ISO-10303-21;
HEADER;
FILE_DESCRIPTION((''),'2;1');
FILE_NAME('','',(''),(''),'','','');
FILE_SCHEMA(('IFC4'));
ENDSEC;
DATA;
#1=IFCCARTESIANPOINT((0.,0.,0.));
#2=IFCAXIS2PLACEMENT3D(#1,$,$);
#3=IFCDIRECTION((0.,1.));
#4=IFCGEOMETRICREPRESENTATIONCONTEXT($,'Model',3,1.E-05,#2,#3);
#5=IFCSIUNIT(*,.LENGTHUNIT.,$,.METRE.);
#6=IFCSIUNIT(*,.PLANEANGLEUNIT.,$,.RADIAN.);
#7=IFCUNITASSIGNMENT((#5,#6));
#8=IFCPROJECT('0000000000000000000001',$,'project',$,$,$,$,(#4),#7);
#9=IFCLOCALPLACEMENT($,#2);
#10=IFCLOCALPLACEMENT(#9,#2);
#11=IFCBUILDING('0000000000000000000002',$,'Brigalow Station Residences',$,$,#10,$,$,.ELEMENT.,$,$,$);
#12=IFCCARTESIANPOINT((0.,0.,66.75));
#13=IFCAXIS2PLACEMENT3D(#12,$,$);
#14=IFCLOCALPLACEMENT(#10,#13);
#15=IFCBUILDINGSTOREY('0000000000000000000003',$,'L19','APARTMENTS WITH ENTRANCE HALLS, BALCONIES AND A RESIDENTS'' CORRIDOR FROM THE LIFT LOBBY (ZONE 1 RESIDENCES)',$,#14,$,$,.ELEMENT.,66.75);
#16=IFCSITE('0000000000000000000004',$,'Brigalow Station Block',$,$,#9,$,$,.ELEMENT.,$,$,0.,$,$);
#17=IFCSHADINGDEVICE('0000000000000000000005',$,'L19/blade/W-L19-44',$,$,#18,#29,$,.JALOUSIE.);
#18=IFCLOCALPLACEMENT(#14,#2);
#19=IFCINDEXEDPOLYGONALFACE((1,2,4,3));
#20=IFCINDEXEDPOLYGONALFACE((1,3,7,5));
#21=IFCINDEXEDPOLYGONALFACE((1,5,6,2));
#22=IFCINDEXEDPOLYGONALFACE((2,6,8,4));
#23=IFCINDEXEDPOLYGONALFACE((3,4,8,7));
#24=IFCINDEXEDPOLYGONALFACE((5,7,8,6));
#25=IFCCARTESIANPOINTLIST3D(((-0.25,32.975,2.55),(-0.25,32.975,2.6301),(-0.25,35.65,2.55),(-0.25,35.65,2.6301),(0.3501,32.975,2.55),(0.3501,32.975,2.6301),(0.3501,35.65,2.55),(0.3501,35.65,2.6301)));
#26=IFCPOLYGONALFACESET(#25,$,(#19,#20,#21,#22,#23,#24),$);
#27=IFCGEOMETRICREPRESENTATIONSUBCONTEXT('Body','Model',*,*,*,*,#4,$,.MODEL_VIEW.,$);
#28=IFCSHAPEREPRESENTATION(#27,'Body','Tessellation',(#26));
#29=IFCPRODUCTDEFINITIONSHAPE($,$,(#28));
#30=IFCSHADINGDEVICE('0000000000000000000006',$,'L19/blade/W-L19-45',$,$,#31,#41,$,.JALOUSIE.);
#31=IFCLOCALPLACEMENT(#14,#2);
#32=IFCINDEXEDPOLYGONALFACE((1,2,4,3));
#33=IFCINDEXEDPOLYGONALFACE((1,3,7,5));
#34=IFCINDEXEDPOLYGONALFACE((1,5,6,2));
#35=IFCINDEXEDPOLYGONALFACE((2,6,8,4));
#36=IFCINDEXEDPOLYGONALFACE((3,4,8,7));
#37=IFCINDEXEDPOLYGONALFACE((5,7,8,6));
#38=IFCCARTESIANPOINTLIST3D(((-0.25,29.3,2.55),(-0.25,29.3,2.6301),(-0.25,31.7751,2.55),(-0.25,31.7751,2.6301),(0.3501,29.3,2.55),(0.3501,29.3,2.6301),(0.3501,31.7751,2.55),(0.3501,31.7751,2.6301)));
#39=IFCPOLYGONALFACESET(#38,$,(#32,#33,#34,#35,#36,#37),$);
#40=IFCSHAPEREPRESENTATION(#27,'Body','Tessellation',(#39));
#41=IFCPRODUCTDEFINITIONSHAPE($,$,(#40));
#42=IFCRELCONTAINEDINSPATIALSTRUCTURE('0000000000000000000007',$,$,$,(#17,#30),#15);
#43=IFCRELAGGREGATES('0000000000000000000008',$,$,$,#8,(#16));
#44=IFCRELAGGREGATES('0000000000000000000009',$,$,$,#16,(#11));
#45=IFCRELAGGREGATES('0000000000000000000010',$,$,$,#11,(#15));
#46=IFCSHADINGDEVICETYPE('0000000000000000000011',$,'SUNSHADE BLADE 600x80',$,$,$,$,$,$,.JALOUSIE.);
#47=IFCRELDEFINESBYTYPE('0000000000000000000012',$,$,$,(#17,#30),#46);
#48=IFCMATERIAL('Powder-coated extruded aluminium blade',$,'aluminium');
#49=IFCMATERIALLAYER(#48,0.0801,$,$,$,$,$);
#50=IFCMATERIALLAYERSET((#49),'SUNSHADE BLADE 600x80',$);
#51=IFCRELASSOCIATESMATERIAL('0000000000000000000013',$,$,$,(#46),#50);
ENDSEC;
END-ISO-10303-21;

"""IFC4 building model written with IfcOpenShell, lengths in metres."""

from ifc_helpers import new_model, si_unit, direction, frame, origin, origin_2d, place, context, subcontext, project, spatial, rectangle, extrude, material, layer, layer_set, type_object, element, save


model = new_model("IFC4")

# Units and contexts
model_context = context("Model", 3, precision=1e-05, world=origin(), true_north=direction((0.0, 1.0)))
body_context = subcontext(model_context, "Body", "Model", "MODEL_VIEW")
ifc_project = project(units=[si_unit("LENGTHUNIT", "METRE"), si_unit("PLANEANGLEUNIT", "RADIAN")], contexts=[model_context])

# Site, building, storey
site_placement = place(None, origin())
site = spatial("IfcSite", under=ifc_project, at=site_placement, Name="Brigalow Station Block", CompositionType="ELEMENT", RefElevation=0.0)
building_placement = place(site_placement, origin())
building = spatial("IfcBuilding", under=site, at=building_placement, Name="Brigalow Station Residences", CompositionType="ELEMENT")
storey_placement = place(building_placement, frame((0.0, 0.0, 66.75)))
storey = spatial("IfcBuildingStorey", under=building, at=storey_placement, Name="L19", Description="APARTMENTS WITH ENTRANCE HALLS, BALCONIES AND A RESIDENTS' CORRIDOR FROM THE LIFT LOBBY (ZONE 1 RESIDENCES)", CompositionType="ELEMENT", Elevation=66.75)

# Shading devices
ifc_material_1 = material(Name="Powder-coated extruded aluminium blade", Category="aluminium")
ifc_layer_1 = layer(ifc_material_1, 0.0801)
ifc_layer_set_1 = layer_set([ifc_layer_1], Name="SUNSHADE BLADE 600x80")
shading_device_type = type_object("IfcShadingDeviceType", Name="SUNSHADE BLADE 600x80", PredefinedType="JALOUSIE", material=ifc_layer_set_1)
shading_device_1_placement = place(storey_placement, frame((0.05, 34.3125, 2.55), z_axis=(0.0, 0.0, 1.0), x_axis=(0.0, -1.0, 0.0)))
element("IfcShadingDevice", 1, at=shading_device_1_placement, inside=storey, type_object=shading_device_type, Name="L19/blade/W-L19-44", PredefinedType="JALOUSIE", context=body_context, shape_type="SweptSolid", body=[
    extrude(rectangle(XDim=2.675, YDim=0.6001, at=origin_2d()), origin(), (0.0, 0.0, 1.0), 0.0801),
])
shading_device_2_placement = place(storey_placement, frame((0.05, 30.5376, 2.55), z_axis=(0.0, 0.0, 1.0), x_axis=(0.0, -1.0, 0.0)))
element("IfcShadingDevice", 2, at=shading_device_2_placement, inside=storey, type_object=shading_device_type, Name="L19/blade/W-L19-45", PredefinedType="JALOUSIE", context=body_context, shape_type="SweptSolid", body=[
    extrude(rectangle(XDim=2.4751, YDim=0.6001, at=origin_2d()), origin(), (0.0, 0.0, 1.0), 0.0801),
])

save(model, "model.ifc")
